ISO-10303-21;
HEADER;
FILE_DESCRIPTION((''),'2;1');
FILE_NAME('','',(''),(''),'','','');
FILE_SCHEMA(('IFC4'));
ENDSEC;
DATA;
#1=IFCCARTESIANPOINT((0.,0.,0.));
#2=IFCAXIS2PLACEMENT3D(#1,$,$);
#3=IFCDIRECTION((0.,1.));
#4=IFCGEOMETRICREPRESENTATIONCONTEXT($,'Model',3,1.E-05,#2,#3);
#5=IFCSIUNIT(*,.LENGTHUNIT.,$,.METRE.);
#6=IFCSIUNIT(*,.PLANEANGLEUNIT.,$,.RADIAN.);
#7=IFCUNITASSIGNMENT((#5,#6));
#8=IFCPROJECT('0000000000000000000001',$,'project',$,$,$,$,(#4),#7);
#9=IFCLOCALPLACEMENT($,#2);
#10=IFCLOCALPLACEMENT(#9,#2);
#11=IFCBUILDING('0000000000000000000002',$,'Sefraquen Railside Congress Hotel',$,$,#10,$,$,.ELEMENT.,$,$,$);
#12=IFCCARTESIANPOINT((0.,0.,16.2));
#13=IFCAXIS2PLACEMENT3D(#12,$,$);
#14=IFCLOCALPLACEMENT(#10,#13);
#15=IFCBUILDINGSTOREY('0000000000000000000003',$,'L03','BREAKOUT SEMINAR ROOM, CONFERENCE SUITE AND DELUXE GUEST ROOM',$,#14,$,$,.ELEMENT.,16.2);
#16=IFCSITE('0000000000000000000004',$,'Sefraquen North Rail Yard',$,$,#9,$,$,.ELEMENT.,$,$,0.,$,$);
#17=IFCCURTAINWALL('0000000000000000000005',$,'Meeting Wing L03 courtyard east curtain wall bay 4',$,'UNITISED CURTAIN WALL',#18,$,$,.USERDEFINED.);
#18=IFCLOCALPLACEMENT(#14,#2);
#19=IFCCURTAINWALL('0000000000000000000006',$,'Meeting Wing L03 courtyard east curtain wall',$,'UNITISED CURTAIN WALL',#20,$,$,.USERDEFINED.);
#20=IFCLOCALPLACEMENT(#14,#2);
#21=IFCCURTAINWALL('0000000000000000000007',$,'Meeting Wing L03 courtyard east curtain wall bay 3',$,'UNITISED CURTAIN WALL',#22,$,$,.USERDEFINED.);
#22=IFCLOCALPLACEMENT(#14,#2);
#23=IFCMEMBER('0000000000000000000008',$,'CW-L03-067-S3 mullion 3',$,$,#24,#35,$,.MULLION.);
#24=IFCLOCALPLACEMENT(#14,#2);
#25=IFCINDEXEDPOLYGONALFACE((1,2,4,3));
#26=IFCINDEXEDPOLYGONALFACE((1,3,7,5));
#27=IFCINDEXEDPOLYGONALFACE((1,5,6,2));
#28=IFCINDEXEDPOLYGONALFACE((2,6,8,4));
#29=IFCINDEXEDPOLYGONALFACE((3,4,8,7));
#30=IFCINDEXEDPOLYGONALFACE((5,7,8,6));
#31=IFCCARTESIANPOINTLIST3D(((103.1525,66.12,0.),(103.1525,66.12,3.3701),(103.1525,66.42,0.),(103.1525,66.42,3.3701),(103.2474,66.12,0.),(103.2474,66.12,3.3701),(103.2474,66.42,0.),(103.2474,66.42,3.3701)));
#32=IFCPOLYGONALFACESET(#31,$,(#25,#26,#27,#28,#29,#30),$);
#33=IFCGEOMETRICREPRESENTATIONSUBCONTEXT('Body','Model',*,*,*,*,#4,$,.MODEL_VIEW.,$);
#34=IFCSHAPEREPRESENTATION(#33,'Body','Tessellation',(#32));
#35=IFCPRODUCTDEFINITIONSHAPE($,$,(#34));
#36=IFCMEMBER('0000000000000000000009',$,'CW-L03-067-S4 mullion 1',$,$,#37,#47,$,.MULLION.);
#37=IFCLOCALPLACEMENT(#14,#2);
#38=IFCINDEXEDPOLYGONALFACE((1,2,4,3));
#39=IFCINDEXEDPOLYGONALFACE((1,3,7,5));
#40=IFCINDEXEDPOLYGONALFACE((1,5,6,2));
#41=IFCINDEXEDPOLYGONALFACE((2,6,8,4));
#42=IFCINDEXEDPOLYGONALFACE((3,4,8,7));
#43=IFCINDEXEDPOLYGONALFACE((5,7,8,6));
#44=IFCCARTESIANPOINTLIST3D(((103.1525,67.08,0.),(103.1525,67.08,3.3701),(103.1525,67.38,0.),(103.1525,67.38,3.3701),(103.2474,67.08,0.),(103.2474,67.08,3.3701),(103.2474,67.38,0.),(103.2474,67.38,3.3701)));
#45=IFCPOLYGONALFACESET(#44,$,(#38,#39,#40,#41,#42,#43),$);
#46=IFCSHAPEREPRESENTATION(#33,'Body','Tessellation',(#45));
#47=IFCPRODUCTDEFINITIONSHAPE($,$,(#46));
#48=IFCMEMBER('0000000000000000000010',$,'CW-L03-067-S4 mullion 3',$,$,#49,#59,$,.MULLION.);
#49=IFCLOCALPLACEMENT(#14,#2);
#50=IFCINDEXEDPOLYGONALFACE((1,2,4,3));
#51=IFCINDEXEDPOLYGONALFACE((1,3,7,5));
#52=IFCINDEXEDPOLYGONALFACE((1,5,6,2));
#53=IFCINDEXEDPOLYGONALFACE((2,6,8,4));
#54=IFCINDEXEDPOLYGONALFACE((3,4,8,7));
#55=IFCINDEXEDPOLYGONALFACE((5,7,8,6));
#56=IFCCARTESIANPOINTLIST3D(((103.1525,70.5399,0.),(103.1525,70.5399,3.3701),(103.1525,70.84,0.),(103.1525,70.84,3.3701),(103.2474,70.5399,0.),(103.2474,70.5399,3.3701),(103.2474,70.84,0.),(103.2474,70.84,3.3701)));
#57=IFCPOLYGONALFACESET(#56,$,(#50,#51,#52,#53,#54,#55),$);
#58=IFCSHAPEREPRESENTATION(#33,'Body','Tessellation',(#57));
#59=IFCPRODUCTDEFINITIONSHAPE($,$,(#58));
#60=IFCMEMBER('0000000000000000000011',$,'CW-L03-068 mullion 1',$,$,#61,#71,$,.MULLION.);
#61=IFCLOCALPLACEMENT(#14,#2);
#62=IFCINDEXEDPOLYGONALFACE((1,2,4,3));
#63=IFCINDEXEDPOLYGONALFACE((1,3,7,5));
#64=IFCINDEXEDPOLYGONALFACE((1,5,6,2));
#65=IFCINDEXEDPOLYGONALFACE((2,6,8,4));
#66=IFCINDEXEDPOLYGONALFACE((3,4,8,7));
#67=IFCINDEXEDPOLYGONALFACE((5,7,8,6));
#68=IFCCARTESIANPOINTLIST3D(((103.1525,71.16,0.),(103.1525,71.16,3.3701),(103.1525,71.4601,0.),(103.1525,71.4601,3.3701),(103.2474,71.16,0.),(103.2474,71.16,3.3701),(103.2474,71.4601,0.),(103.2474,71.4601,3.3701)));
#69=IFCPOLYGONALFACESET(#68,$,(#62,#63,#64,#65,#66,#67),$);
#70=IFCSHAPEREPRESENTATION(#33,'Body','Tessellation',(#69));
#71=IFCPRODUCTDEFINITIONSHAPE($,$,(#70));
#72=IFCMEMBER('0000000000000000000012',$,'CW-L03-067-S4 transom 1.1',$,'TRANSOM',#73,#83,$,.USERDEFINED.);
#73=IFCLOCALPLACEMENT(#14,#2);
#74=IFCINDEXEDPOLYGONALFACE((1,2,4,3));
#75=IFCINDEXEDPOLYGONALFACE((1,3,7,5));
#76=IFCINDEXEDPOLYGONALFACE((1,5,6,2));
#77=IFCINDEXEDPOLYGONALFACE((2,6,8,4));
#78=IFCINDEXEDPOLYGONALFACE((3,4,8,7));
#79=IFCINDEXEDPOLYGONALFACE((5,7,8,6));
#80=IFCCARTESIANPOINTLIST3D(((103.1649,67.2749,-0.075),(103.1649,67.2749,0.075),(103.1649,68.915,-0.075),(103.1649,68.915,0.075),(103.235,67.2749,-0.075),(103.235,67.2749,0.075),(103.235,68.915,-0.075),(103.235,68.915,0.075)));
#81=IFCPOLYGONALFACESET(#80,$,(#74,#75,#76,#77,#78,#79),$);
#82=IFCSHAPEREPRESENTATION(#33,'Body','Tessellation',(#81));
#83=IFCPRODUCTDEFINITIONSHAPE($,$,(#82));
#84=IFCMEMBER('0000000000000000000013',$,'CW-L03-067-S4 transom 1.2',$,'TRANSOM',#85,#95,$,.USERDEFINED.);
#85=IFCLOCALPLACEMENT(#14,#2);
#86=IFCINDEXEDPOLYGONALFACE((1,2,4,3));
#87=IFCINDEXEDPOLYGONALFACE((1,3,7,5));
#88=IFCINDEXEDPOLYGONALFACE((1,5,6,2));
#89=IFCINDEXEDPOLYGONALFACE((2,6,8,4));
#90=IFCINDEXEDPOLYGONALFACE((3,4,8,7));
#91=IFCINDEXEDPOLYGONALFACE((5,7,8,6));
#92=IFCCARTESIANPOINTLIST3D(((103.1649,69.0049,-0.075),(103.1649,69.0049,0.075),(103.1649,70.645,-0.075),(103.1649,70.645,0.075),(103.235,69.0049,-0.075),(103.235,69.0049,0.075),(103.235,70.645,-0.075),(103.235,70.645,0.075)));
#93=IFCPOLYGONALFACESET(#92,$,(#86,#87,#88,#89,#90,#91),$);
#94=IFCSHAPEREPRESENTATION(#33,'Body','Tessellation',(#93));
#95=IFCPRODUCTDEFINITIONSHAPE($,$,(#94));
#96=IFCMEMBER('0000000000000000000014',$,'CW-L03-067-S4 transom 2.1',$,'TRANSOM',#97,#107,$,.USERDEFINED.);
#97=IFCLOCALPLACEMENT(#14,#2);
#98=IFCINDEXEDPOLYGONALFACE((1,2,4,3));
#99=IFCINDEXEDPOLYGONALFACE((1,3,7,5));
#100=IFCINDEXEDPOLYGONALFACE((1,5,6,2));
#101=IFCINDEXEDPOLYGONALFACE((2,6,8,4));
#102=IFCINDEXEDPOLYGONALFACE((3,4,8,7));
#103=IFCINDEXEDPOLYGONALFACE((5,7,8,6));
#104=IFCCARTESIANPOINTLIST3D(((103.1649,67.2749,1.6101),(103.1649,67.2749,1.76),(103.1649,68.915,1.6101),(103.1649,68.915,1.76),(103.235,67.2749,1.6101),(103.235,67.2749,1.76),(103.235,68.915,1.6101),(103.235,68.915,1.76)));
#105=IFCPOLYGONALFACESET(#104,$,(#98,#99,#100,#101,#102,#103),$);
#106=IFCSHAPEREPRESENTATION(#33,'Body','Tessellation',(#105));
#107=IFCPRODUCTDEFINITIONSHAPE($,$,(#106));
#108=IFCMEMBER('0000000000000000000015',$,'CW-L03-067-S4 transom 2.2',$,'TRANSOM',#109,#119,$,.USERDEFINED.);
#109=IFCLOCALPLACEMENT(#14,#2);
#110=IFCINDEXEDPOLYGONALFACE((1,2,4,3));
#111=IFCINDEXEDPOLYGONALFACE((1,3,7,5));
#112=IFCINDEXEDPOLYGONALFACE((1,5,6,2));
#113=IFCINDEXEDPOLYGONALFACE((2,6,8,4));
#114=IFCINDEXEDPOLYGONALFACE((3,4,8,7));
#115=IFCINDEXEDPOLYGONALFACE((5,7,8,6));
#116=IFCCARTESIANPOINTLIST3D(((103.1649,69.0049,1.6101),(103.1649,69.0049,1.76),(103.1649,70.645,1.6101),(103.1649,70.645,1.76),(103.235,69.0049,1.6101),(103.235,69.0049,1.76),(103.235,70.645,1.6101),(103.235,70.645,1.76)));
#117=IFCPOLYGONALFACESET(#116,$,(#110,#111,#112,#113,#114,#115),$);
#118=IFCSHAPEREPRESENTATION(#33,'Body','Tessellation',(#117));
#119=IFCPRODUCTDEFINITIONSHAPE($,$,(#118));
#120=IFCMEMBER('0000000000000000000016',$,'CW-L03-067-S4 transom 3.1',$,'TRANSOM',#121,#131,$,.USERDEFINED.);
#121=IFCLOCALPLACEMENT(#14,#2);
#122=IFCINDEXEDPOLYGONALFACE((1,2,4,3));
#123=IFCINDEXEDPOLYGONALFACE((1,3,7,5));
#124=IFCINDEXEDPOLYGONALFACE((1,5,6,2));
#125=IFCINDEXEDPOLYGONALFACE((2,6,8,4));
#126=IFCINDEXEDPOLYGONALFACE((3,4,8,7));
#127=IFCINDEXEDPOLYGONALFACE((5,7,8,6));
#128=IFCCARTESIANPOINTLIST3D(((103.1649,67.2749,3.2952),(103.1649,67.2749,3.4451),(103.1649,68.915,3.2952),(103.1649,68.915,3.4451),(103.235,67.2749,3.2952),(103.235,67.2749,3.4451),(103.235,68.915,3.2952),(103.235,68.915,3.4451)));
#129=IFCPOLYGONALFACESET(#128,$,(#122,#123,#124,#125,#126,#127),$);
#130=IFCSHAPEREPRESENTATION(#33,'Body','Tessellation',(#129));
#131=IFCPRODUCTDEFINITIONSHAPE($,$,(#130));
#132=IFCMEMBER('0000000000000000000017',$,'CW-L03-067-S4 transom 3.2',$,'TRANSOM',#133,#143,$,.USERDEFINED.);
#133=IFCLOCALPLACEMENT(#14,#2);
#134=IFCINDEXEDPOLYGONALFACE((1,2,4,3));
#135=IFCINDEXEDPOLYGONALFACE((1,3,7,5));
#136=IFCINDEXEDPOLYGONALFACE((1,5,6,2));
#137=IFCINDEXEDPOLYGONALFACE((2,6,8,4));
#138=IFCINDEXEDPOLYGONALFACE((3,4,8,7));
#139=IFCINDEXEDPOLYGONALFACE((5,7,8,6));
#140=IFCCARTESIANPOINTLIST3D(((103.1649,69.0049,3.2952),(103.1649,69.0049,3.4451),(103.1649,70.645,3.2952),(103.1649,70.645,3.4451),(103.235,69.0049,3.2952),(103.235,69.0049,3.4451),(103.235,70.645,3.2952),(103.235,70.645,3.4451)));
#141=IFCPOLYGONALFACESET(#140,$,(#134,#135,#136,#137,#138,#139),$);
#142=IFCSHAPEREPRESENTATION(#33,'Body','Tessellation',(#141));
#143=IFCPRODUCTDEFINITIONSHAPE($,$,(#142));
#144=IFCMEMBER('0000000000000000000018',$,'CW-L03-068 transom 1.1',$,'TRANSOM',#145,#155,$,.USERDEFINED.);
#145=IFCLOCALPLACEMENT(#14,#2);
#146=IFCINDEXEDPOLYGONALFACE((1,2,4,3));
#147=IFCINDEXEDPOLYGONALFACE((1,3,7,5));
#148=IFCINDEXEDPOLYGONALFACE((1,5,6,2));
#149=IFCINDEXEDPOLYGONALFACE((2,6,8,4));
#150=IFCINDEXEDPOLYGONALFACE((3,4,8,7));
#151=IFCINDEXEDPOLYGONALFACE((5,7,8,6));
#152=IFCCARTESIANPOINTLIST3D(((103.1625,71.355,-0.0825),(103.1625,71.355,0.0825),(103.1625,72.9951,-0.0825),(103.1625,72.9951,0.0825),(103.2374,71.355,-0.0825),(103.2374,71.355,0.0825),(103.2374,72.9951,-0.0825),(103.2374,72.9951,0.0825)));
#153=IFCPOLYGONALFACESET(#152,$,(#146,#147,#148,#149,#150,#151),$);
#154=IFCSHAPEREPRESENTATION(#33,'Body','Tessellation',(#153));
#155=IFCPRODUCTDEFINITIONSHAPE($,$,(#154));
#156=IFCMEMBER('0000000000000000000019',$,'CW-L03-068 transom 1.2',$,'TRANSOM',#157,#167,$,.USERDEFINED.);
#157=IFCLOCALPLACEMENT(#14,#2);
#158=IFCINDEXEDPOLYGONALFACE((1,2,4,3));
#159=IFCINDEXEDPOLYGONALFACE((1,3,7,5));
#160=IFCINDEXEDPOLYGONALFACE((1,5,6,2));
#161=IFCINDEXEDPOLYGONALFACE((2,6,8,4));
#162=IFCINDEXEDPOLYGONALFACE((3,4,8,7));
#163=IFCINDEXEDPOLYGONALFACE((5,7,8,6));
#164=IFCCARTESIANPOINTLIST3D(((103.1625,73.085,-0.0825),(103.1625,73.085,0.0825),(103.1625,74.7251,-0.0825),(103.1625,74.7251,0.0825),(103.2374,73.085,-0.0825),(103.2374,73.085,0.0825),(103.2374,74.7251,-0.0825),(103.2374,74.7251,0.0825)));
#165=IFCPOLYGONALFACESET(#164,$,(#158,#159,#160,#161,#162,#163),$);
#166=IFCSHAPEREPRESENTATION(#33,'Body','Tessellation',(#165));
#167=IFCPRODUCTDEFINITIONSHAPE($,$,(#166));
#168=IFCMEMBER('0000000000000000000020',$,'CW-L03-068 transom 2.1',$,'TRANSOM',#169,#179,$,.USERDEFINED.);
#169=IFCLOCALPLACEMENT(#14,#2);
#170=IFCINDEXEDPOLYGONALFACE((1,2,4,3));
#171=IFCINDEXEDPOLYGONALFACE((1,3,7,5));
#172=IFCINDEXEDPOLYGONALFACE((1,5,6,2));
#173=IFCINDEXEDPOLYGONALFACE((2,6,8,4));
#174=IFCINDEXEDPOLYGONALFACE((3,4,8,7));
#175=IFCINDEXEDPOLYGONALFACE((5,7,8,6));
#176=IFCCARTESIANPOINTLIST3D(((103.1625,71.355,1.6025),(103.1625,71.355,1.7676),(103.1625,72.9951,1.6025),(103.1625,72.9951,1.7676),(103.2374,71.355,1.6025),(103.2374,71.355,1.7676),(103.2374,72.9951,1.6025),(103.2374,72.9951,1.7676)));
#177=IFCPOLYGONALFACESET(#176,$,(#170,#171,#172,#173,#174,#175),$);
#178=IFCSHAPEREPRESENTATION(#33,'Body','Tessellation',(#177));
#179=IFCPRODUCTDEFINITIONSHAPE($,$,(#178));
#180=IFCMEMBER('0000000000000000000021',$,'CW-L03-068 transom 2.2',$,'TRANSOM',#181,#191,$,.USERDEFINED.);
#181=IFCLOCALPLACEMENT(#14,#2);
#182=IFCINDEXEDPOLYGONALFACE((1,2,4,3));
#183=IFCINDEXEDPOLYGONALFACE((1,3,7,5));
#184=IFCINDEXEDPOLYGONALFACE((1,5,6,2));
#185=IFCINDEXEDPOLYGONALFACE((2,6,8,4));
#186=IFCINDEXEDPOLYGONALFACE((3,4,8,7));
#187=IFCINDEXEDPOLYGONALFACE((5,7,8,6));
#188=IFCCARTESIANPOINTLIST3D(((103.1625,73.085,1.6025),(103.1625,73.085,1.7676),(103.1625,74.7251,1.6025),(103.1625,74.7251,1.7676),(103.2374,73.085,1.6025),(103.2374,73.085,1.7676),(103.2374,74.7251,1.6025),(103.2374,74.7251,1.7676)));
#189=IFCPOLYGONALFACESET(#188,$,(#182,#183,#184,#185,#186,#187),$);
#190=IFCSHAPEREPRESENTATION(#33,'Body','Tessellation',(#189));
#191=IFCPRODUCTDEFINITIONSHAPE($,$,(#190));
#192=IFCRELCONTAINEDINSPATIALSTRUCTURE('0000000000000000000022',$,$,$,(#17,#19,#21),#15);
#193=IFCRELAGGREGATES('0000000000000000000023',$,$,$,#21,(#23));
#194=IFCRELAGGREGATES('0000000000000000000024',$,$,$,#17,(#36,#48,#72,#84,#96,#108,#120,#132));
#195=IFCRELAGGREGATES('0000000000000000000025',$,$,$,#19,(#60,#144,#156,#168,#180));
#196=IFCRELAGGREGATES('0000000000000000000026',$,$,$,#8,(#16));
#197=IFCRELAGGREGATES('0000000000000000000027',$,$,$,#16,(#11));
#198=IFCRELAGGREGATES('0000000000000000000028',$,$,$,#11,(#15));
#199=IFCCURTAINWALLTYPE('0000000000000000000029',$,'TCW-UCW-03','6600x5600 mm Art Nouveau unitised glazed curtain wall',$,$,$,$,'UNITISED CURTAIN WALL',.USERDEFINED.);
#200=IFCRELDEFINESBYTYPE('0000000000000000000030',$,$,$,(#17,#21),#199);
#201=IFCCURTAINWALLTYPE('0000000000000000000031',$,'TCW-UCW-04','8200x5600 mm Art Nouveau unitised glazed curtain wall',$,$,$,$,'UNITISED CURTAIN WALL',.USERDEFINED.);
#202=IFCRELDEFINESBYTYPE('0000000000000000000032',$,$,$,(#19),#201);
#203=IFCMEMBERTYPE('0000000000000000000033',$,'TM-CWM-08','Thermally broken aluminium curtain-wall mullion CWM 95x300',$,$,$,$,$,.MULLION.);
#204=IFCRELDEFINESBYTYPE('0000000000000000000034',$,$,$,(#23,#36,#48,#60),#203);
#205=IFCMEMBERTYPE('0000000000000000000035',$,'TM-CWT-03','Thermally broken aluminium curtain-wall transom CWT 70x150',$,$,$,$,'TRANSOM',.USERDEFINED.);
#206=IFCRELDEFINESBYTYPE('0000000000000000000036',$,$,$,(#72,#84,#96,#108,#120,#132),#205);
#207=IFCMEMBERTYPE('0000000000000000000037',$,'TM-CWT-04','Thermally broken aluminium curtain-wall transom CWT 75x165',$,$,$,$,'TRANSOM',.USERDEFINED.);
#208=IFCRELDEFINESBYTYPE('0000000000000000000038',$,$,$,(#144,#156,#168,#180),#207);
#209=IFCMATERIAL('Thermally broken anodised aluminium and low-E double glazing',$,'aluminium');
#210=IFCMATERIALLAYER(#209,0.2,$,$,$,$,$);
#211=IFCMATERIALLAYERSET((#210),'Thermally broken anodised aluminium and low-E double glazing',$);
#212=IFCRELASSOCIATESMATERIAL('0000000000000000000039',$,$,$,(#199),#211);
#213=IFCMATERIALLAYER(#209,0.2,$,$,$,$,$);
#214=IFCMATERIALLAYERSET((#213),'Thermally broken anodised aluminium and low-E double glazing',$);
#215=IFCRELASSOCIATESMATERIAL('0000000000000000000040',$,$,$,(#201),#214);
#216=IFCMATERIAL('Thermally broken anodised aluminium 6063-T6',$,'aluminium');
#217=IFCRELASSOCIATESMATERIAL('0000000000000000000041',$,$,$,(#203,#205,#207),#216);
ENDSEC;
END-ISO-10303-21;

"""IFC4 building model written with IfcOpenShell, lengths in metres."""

from ifc_helpers import new_model, si_unit, direction, frame, origin, origin_2d, place, context, subcontext, project, spatial, rectangle, extrude, material, layer, layer_set, material_profile, profile_set, type_object, element, aggregate, save


model = new_model("IFC4")

# Units and contexts
model_context = context("Model", 3, precision=1e-05, world=origin(), true_north=direction((0.0, 1.0)))
body_context = subcontext(model_context, "Body", "Model", "MODEL_VIEW")
ifc_project = project(units=[si_unit("LENGTHUNIT", "METRE"), si_unit("PLANEANGLEUNIT", "RADIAN")], contexts=[model_context])

# Site, building, storey
site_placement = place(None, origin())
site = spatial("IfcSite", under=ifc_project, at=site_placement, Name="Sefraquen North Rail Yard", CompositionType="ELEMENT", RefElevation=0.0)
building_placement = place(site_placement, origin())
building = spatial("IfcBuilding", under=site, at=building_placement, Name="Sefraquen Railside Congress Hotel", CompositionType="ELEMENT")
storey_placement = place(building_placement, frame((0.0, 0.0, 16.2)))
storey = spatial("IfcBuildingStorey", under=building, at=storey_placement, Name="L03", Description="BREAKOUT SEMINAR ROOM, CONFERENCE SUITE AND DELUXE GUEST ROOM", CompositionType="ELEMENT", Elevation=16.2)

# Curtain walls, member
ifc_material_1 = material(Name="Thermally broken anodised aluminium and low-E double glazing", Category="aluminium")
ifc_layer_1 = layer(ifc_material_1, 0.2)
ifc_layer_set_1 = layer_set([ifc_layer_1], Name="Thermally broken anodised aluminium and low-E double glazing")
curtain_wall_type_1 = type_object("IfcCurtainWallType", Name="TCW-UCW-03", Description="6600x5600 mm Art Nouveau unitised glazed curtain wall", ElementType="UNITISED CURTAIN WALL", PredefinedType="USERDEFINED", material=ifc_layer_set_1)
curtain_wall_1_placement = place(storey_placement, origin())
curtain_wall_1 = element("IfcCurtainWall", 1, at=curtain_wall_1_placement, inside=storey, type_object=curtain_wall_type_1, Name="Meeting Wing L03 courtyard east curtain wall bay 4", ObjectType="UNITISED CURTAIN WALL", PredefinedType="USERDEFINED")
ifc_material_2 = material(Name="Thermally broken anodised aluminium 6063-T6", Category="aluminium")
ifc_layer_2 = layer(ifc_material_1, 0.2)
ifc_layer_set_2 = layer_set([ifc_layer_2], Name="Thermally broken anodised aluminium and low-E double glazing")
curtain_wall_type_2 = type_object("IfcCurtainWallType", Name="TCW-UCW-04", Description="8200x5600 mm Art Nouveau unitised glazed curtain wall", ElementType="UNITISED CURTAIN WALL", PredefinedType="USERDEFINED", material=ifc_layer_set_2)
curtain_wall_2_placement = place(storey_placement, origin())
curtain_wall_2 = element("IfcCurtainWall", 2, at=curtain_wall_2_placement, inside=storey, type_object=curtain_wall_type_2, Name="Meeting Wing L03 courtyard east curtain wall", ObjectType="UNITISED CURTAIN WALL", PredefinedType="USERDEFINED")
curtain_wall_3_placement = place(storey_placement, origin())
curtain_wall_3 = element("IfcCurtainWall", 3, at=curtain_wall_3_placement, inside=storey, type_object=curtain_wall_type_1, Name="Meeting Wing L03 courtyard east curtain wall bay 3", ObjectType="UNITISED CURTAIN WALL", PredefinedType="USERDEFINED")
ifc_material_profile_1 = material_profile(ifc_material_2, rectangle(XDim=0.095, YDim=0.3, at=origin_2d()), Name="CWM 95x300")
ifc_profile_set_1 = profile_set([ifc_material_profile_1], Name="Thermally broken anodised aluminium 6063-T6")
member_type_1 = type_object("IfcMemberType", Name="TM-CWM-08", Description="Thermally broken aluminium curtain-wall mullion CWM 95x300", PredefinedType="MULLION", material=ifc_profile_set_1)
member_1_placement = place(storey_placement, frame((103.2, 66.27, 0.0), z_axis=(0.0, 0.0, 1.0), x_axis=(1.0, 0.0, 0.0)))
member_1 = element("IfcMember", 4, at=member_1_placement, type_object=member_type_1, Name="CW-L03-067-S3 mullion 3", PredefinedType="MULLION", context=body_context, shape_type="SweptSolid", body=[
    extrude(rectangle(XDim=0.095, YDim=0.3, at=origin_2d()), origin(), (0.0, 0.0, 1.0), 3.3701),
])

# Members
member_2_placement = place(storey_placement, frame((103.2, 67.23, 0.0), z_axis=(0.0, 0.0, 1.0), x_axis=(1.0, 0.0, 0.0)))
member_2 = element("IfcMember", 5, at=member_2_placement, type_object=member_type_1, Name="CW-L03-067-S4 mullion 1", PredefinedType="MULLION", context=body_context, shape_type="SweptSolid", body=[
    extrude(rectangle(XDim=0.095, YDim=0.3, at=origin_2d()), origin(), (0.0, 0.0, 1.0), 3.3701),
])
member_3_placement = place(storey_placement, frame((103.2, 70.6899, 0.0), z_axis=(0.0, 0.0, 1.0), x_axis=(1.0, 0.0, 0.0)))
member_3 = element("IfcMember", 6, at=member_3_placement, type_object=member_type_1, Name="CW-L03-067-S4 mullion 3", PredefinedType="MULLION", context=body_context, shape_type="SweptSolid", body=[
    extrude(rectangle(XDim=0.095, YDim=0.3, at=origin_2d()), origin(), (0.0, 0.0, 1.0), 3.3701),
])
member_4_placement = place(storey_placement, frame((103.2, 71.3101, 0.0), z_axis=(0.0, 0.0, 1.0), x_axis=(1.0, 0.0, 0.0)))
member_4 = element("IfcMember", 7, at=member_4_placement, type_object=member_type_1, Name="CW-L03-068 mullion 1", PredefinedType="MULLION", context=body_context, shape_type="SweptSolid", body=[
    extrude(rectangle(XDim=0.095, YDim=0.3, at=origin_2d()), origin(), (0.0, 0.0, 1.0), 3.3701),
])
ifc_material_profile_2 = material_profile(ifc_material_2, rectangle(XDim=0.0701, YDim=0.1499, at=origin_2d()), Name="CWT 70x150")
ifc_profile_set_2 = profile_set([ifc_material_profile_2], Name="Thermally broken anodised aluminium 6063-T6")
member_type_2 = type_object("IfcMemberType", Name="TM-CWT-03", Description="Thermally broken aluminium curtain-wall transom CWT 70x150", ElementType="TRANSOM", PredefinedType="USERDEFINED", material=ifc_profile_set_2)
member_5_placement = place(storey_placement, frame((103.2, 67.2749, 0.0), z_axis=(0.0, 1.0, 0.0), x_axis=(-1.0, 0.0, 0.0)))
member_5 = element("IfcMember", 8, at=member_5_placement, type_object=member_type_2, Name="CW-L03-067-S4 transom 1.1", ObjectType="TRANSOM", PredefinedType="USERDEFINED", context=body_context, shape_type="SweptSolid", body=[
    extrude(rectangle(XDim=0.0701, YDim=0.1499, at=origin_2d()), origin(), (0.0, 0.0, 1.0), 1.6401),
])
member_6_placement = place(storey_placement, frame((103.2, 69.0049, 0.0), z_axis=(0.0, 1.0, 0.0), x_axis=(-1.0, 0.0, 0.0)))
member_6 = element("IfcMember", 9, at=member_6_placement, type_object=member_type_2, Name="CW-L03-067-S4 transom 1.2", ObjectType="TRANSOM", PredefinedType="USERDEFINED", context=body_context, shape_type="SweptSolid", body=[
    extrude(rectangle(XDim=0.0701, YDim=0.1499, at=origin_2d()), origin(), (0.0, 0.0, 1.0), 1.6401),
])
member_7_placement = place(storey_placement, frame((103.2, 67.2749, 1.6851), z_axis=(0.0, 1.0, 0.0), x_axis=(-1.0, 0.0, 0.0)))
member_7 = element("IfcMember", 10, at=member_7_placement, type_object=member_type_2, Name="CW-L03-067-S4 transom 2.1", ObjectType="TRANSOM", PredefinedType="USERDEFINED", context=body_context, shape_type="SweptSolid", body=[
    extrude(rectangle(XDim=0.0701, YDim=0.1499, at=origin_2d()), origin(), (0.0, 0.0, 1.0), 1.6401),
])
member_8_placement = place(storey_placement, frame((103.2, 69.0049, 1.6851), z_axis=(0.0, 1.0, 0.0), x_axis=(-1.0, 0.0, 0.0)))
member_8 = element("IfcMember", 11, at=member_8_placement, type_object=member_type_2, Name="CW-L03-067-S4 transom 2.2", ObjectType="TRANSOM", PredefinedType="USERDEFINED", context=body_context, shape_type="SweptSolid", body=[
    extrude(rectangle(XDim=0.0701, YDim=0.1499, at=origin_2d()), origin(), (0.0, 0.0, 1.0), 1.6401),
])
member_9_placement = place(storey_placement, frame((103.2, 67.2749, 3.3701), z_axis=(0.0, 1.0, 0.0), x_axis=(-1.0, 0.0, 0.0)))
member_9 = element("IfcMember", 12, at=member_9_placement, type_object=member_type_2, Name="CW-L03-067-S4 transom 3.1", ObjectType="TRANSOM", PredefinedType="USERDEFINED", context=body_context, shape_type="SweptSolid", body=[
    extrude(rectangle(XDim=0.0701, YDim=0.1499, at=origin_2d()), origin(), (0.0, 0.0, 1.0), 1.6401),
])
member_10_placement = place(storey_placement, frame((103.2, 69.0049, 3.3701), z_axis=(0.0, 1.0, 0.0), x_axis=(-1.0, 0.0, 0.0)))
member_10 = element("IfcMember", 13, at=member_10_placement, type_object=member_type_2, Name="CW-L03-067-S4 transom 3.2", ObjectType="TRANSOM", PredefinedType="USERDEFINED", context=body_context, shape_type="SweptSolid", body=[
    extrude(rectangle(XDim=0.0701, YDim=0.1499, at=origin_2d()), origin(), (0.0, 0.0, 1.0), 1.6401),
])
ifc_material_profile_3 = material_profile(ifc_material_2, rectangle(XDim=0.075, YDim=0.165, at=origin_2d()), Name="CWT 75x165")
ifc_profile_set_3 = profile_set([ifc_material_profile_3], Name="Thermally broken anodised aluminium 6063-T6")
member_type_3 = type_object("IfcMemberType", Name="TM-CWT-04", Description="Thermally broken aluminium curtain-wall transom CWT 75x165", ElementType="TRANSOM", PredefinedType="USERDEFINED", material=ifc_profile_set_3)
member_11_placement = place(storey_placement, frame((103.2, 71.355, 0.0), z_axis=(0.0, 1.0, 0.0), x_axis=(-1.0, 0.0, 0.0)))
member_11 = element("IfcMember", 14, at=member_11_placement, type_object=member_type_3, Name="CW-L03-068 transom 1.1", ObjectType="TRANSOM", PredefinedType="USERDEFINED", context=body_context, shape_type="SweptSolid", body=[
    extrude(rectangle(XDim=0.075, YDim=0.165, at=origin_2d()), origin(), (0.0, 0.0, 1.0), 1.6401),
])
member_12_placement = place(storey_placement, frame((103.2, 73.085, 0.0), z_axis=(0.0, 1.0, 0.0), x_axis=(-1.0, 0.0, 0.0)))
member_12 = element("IfcMember", 15, at=member_12_placement, type_object=member_type_3, Name="CW-L03-068 transom 1.2", ObjectType="TRANSOM", PredefinedType="USERDEFINED", context=body_context, shape_type="SweptSolid", body=[
    extrude(rectangle(XDim=0.075, YDim=0.165, at=origin_2d()), origin(), (0.0, 0.0, 1.0), 1.6401),
])
member_13_placement = place(storey_placement, frame((103.2, 71.355, 1.6851), z_axis=(0.0, 1.0, 0.0), x_axis=(-1.0, 0.0, 0.0)))
member_13 = element("IfcMember", 16, at=member_13_placement, type_object=member_type_3, Name="CW-L03-068 transom 2.1", ObjectType="TRANSOM", PredefinedType="USERDEFINED", context=body_context, shape_type="SweptSolid", body=[
    extrude(rectangle(XDim=0.075, YDim=0.165, at=origin_2d()), origin(), (0.0, 0.0, 1.0), 1.6401),
])
member_14_placement = place(storey_placement, frame((103.2, 73.085, 1.6851), z_axis=(0.0, 1.0, 0.0), x_axis=(-1.0, 0.0, 0.0)))
member_14 = element("IfcMember", 17, at=member_14_placement, type_object=member_type_3, Name="CW-L03-068 transom 2.2", ObjectType="TRANSOM", PredefinedType="USERDEFINED", context=body_context, shape_type="SweptSolid", body=[
    extrude(rectangle(XDim=0.075, YDim=0.165, at=origin_2d()), origin(), (0.0, 0.0, 1.0), 1.6401),
])

aggregate(curtain_wall_3, [member_1])
aggregate(curtain_wall_1, [member_2, member_3, member_5, member_6, member_7, member_8, member_9, member_10])
aggregate(curtain_wall_2, [member_4, member_11, member_12, member_13, member_14])

save(model, "model.ifc")
